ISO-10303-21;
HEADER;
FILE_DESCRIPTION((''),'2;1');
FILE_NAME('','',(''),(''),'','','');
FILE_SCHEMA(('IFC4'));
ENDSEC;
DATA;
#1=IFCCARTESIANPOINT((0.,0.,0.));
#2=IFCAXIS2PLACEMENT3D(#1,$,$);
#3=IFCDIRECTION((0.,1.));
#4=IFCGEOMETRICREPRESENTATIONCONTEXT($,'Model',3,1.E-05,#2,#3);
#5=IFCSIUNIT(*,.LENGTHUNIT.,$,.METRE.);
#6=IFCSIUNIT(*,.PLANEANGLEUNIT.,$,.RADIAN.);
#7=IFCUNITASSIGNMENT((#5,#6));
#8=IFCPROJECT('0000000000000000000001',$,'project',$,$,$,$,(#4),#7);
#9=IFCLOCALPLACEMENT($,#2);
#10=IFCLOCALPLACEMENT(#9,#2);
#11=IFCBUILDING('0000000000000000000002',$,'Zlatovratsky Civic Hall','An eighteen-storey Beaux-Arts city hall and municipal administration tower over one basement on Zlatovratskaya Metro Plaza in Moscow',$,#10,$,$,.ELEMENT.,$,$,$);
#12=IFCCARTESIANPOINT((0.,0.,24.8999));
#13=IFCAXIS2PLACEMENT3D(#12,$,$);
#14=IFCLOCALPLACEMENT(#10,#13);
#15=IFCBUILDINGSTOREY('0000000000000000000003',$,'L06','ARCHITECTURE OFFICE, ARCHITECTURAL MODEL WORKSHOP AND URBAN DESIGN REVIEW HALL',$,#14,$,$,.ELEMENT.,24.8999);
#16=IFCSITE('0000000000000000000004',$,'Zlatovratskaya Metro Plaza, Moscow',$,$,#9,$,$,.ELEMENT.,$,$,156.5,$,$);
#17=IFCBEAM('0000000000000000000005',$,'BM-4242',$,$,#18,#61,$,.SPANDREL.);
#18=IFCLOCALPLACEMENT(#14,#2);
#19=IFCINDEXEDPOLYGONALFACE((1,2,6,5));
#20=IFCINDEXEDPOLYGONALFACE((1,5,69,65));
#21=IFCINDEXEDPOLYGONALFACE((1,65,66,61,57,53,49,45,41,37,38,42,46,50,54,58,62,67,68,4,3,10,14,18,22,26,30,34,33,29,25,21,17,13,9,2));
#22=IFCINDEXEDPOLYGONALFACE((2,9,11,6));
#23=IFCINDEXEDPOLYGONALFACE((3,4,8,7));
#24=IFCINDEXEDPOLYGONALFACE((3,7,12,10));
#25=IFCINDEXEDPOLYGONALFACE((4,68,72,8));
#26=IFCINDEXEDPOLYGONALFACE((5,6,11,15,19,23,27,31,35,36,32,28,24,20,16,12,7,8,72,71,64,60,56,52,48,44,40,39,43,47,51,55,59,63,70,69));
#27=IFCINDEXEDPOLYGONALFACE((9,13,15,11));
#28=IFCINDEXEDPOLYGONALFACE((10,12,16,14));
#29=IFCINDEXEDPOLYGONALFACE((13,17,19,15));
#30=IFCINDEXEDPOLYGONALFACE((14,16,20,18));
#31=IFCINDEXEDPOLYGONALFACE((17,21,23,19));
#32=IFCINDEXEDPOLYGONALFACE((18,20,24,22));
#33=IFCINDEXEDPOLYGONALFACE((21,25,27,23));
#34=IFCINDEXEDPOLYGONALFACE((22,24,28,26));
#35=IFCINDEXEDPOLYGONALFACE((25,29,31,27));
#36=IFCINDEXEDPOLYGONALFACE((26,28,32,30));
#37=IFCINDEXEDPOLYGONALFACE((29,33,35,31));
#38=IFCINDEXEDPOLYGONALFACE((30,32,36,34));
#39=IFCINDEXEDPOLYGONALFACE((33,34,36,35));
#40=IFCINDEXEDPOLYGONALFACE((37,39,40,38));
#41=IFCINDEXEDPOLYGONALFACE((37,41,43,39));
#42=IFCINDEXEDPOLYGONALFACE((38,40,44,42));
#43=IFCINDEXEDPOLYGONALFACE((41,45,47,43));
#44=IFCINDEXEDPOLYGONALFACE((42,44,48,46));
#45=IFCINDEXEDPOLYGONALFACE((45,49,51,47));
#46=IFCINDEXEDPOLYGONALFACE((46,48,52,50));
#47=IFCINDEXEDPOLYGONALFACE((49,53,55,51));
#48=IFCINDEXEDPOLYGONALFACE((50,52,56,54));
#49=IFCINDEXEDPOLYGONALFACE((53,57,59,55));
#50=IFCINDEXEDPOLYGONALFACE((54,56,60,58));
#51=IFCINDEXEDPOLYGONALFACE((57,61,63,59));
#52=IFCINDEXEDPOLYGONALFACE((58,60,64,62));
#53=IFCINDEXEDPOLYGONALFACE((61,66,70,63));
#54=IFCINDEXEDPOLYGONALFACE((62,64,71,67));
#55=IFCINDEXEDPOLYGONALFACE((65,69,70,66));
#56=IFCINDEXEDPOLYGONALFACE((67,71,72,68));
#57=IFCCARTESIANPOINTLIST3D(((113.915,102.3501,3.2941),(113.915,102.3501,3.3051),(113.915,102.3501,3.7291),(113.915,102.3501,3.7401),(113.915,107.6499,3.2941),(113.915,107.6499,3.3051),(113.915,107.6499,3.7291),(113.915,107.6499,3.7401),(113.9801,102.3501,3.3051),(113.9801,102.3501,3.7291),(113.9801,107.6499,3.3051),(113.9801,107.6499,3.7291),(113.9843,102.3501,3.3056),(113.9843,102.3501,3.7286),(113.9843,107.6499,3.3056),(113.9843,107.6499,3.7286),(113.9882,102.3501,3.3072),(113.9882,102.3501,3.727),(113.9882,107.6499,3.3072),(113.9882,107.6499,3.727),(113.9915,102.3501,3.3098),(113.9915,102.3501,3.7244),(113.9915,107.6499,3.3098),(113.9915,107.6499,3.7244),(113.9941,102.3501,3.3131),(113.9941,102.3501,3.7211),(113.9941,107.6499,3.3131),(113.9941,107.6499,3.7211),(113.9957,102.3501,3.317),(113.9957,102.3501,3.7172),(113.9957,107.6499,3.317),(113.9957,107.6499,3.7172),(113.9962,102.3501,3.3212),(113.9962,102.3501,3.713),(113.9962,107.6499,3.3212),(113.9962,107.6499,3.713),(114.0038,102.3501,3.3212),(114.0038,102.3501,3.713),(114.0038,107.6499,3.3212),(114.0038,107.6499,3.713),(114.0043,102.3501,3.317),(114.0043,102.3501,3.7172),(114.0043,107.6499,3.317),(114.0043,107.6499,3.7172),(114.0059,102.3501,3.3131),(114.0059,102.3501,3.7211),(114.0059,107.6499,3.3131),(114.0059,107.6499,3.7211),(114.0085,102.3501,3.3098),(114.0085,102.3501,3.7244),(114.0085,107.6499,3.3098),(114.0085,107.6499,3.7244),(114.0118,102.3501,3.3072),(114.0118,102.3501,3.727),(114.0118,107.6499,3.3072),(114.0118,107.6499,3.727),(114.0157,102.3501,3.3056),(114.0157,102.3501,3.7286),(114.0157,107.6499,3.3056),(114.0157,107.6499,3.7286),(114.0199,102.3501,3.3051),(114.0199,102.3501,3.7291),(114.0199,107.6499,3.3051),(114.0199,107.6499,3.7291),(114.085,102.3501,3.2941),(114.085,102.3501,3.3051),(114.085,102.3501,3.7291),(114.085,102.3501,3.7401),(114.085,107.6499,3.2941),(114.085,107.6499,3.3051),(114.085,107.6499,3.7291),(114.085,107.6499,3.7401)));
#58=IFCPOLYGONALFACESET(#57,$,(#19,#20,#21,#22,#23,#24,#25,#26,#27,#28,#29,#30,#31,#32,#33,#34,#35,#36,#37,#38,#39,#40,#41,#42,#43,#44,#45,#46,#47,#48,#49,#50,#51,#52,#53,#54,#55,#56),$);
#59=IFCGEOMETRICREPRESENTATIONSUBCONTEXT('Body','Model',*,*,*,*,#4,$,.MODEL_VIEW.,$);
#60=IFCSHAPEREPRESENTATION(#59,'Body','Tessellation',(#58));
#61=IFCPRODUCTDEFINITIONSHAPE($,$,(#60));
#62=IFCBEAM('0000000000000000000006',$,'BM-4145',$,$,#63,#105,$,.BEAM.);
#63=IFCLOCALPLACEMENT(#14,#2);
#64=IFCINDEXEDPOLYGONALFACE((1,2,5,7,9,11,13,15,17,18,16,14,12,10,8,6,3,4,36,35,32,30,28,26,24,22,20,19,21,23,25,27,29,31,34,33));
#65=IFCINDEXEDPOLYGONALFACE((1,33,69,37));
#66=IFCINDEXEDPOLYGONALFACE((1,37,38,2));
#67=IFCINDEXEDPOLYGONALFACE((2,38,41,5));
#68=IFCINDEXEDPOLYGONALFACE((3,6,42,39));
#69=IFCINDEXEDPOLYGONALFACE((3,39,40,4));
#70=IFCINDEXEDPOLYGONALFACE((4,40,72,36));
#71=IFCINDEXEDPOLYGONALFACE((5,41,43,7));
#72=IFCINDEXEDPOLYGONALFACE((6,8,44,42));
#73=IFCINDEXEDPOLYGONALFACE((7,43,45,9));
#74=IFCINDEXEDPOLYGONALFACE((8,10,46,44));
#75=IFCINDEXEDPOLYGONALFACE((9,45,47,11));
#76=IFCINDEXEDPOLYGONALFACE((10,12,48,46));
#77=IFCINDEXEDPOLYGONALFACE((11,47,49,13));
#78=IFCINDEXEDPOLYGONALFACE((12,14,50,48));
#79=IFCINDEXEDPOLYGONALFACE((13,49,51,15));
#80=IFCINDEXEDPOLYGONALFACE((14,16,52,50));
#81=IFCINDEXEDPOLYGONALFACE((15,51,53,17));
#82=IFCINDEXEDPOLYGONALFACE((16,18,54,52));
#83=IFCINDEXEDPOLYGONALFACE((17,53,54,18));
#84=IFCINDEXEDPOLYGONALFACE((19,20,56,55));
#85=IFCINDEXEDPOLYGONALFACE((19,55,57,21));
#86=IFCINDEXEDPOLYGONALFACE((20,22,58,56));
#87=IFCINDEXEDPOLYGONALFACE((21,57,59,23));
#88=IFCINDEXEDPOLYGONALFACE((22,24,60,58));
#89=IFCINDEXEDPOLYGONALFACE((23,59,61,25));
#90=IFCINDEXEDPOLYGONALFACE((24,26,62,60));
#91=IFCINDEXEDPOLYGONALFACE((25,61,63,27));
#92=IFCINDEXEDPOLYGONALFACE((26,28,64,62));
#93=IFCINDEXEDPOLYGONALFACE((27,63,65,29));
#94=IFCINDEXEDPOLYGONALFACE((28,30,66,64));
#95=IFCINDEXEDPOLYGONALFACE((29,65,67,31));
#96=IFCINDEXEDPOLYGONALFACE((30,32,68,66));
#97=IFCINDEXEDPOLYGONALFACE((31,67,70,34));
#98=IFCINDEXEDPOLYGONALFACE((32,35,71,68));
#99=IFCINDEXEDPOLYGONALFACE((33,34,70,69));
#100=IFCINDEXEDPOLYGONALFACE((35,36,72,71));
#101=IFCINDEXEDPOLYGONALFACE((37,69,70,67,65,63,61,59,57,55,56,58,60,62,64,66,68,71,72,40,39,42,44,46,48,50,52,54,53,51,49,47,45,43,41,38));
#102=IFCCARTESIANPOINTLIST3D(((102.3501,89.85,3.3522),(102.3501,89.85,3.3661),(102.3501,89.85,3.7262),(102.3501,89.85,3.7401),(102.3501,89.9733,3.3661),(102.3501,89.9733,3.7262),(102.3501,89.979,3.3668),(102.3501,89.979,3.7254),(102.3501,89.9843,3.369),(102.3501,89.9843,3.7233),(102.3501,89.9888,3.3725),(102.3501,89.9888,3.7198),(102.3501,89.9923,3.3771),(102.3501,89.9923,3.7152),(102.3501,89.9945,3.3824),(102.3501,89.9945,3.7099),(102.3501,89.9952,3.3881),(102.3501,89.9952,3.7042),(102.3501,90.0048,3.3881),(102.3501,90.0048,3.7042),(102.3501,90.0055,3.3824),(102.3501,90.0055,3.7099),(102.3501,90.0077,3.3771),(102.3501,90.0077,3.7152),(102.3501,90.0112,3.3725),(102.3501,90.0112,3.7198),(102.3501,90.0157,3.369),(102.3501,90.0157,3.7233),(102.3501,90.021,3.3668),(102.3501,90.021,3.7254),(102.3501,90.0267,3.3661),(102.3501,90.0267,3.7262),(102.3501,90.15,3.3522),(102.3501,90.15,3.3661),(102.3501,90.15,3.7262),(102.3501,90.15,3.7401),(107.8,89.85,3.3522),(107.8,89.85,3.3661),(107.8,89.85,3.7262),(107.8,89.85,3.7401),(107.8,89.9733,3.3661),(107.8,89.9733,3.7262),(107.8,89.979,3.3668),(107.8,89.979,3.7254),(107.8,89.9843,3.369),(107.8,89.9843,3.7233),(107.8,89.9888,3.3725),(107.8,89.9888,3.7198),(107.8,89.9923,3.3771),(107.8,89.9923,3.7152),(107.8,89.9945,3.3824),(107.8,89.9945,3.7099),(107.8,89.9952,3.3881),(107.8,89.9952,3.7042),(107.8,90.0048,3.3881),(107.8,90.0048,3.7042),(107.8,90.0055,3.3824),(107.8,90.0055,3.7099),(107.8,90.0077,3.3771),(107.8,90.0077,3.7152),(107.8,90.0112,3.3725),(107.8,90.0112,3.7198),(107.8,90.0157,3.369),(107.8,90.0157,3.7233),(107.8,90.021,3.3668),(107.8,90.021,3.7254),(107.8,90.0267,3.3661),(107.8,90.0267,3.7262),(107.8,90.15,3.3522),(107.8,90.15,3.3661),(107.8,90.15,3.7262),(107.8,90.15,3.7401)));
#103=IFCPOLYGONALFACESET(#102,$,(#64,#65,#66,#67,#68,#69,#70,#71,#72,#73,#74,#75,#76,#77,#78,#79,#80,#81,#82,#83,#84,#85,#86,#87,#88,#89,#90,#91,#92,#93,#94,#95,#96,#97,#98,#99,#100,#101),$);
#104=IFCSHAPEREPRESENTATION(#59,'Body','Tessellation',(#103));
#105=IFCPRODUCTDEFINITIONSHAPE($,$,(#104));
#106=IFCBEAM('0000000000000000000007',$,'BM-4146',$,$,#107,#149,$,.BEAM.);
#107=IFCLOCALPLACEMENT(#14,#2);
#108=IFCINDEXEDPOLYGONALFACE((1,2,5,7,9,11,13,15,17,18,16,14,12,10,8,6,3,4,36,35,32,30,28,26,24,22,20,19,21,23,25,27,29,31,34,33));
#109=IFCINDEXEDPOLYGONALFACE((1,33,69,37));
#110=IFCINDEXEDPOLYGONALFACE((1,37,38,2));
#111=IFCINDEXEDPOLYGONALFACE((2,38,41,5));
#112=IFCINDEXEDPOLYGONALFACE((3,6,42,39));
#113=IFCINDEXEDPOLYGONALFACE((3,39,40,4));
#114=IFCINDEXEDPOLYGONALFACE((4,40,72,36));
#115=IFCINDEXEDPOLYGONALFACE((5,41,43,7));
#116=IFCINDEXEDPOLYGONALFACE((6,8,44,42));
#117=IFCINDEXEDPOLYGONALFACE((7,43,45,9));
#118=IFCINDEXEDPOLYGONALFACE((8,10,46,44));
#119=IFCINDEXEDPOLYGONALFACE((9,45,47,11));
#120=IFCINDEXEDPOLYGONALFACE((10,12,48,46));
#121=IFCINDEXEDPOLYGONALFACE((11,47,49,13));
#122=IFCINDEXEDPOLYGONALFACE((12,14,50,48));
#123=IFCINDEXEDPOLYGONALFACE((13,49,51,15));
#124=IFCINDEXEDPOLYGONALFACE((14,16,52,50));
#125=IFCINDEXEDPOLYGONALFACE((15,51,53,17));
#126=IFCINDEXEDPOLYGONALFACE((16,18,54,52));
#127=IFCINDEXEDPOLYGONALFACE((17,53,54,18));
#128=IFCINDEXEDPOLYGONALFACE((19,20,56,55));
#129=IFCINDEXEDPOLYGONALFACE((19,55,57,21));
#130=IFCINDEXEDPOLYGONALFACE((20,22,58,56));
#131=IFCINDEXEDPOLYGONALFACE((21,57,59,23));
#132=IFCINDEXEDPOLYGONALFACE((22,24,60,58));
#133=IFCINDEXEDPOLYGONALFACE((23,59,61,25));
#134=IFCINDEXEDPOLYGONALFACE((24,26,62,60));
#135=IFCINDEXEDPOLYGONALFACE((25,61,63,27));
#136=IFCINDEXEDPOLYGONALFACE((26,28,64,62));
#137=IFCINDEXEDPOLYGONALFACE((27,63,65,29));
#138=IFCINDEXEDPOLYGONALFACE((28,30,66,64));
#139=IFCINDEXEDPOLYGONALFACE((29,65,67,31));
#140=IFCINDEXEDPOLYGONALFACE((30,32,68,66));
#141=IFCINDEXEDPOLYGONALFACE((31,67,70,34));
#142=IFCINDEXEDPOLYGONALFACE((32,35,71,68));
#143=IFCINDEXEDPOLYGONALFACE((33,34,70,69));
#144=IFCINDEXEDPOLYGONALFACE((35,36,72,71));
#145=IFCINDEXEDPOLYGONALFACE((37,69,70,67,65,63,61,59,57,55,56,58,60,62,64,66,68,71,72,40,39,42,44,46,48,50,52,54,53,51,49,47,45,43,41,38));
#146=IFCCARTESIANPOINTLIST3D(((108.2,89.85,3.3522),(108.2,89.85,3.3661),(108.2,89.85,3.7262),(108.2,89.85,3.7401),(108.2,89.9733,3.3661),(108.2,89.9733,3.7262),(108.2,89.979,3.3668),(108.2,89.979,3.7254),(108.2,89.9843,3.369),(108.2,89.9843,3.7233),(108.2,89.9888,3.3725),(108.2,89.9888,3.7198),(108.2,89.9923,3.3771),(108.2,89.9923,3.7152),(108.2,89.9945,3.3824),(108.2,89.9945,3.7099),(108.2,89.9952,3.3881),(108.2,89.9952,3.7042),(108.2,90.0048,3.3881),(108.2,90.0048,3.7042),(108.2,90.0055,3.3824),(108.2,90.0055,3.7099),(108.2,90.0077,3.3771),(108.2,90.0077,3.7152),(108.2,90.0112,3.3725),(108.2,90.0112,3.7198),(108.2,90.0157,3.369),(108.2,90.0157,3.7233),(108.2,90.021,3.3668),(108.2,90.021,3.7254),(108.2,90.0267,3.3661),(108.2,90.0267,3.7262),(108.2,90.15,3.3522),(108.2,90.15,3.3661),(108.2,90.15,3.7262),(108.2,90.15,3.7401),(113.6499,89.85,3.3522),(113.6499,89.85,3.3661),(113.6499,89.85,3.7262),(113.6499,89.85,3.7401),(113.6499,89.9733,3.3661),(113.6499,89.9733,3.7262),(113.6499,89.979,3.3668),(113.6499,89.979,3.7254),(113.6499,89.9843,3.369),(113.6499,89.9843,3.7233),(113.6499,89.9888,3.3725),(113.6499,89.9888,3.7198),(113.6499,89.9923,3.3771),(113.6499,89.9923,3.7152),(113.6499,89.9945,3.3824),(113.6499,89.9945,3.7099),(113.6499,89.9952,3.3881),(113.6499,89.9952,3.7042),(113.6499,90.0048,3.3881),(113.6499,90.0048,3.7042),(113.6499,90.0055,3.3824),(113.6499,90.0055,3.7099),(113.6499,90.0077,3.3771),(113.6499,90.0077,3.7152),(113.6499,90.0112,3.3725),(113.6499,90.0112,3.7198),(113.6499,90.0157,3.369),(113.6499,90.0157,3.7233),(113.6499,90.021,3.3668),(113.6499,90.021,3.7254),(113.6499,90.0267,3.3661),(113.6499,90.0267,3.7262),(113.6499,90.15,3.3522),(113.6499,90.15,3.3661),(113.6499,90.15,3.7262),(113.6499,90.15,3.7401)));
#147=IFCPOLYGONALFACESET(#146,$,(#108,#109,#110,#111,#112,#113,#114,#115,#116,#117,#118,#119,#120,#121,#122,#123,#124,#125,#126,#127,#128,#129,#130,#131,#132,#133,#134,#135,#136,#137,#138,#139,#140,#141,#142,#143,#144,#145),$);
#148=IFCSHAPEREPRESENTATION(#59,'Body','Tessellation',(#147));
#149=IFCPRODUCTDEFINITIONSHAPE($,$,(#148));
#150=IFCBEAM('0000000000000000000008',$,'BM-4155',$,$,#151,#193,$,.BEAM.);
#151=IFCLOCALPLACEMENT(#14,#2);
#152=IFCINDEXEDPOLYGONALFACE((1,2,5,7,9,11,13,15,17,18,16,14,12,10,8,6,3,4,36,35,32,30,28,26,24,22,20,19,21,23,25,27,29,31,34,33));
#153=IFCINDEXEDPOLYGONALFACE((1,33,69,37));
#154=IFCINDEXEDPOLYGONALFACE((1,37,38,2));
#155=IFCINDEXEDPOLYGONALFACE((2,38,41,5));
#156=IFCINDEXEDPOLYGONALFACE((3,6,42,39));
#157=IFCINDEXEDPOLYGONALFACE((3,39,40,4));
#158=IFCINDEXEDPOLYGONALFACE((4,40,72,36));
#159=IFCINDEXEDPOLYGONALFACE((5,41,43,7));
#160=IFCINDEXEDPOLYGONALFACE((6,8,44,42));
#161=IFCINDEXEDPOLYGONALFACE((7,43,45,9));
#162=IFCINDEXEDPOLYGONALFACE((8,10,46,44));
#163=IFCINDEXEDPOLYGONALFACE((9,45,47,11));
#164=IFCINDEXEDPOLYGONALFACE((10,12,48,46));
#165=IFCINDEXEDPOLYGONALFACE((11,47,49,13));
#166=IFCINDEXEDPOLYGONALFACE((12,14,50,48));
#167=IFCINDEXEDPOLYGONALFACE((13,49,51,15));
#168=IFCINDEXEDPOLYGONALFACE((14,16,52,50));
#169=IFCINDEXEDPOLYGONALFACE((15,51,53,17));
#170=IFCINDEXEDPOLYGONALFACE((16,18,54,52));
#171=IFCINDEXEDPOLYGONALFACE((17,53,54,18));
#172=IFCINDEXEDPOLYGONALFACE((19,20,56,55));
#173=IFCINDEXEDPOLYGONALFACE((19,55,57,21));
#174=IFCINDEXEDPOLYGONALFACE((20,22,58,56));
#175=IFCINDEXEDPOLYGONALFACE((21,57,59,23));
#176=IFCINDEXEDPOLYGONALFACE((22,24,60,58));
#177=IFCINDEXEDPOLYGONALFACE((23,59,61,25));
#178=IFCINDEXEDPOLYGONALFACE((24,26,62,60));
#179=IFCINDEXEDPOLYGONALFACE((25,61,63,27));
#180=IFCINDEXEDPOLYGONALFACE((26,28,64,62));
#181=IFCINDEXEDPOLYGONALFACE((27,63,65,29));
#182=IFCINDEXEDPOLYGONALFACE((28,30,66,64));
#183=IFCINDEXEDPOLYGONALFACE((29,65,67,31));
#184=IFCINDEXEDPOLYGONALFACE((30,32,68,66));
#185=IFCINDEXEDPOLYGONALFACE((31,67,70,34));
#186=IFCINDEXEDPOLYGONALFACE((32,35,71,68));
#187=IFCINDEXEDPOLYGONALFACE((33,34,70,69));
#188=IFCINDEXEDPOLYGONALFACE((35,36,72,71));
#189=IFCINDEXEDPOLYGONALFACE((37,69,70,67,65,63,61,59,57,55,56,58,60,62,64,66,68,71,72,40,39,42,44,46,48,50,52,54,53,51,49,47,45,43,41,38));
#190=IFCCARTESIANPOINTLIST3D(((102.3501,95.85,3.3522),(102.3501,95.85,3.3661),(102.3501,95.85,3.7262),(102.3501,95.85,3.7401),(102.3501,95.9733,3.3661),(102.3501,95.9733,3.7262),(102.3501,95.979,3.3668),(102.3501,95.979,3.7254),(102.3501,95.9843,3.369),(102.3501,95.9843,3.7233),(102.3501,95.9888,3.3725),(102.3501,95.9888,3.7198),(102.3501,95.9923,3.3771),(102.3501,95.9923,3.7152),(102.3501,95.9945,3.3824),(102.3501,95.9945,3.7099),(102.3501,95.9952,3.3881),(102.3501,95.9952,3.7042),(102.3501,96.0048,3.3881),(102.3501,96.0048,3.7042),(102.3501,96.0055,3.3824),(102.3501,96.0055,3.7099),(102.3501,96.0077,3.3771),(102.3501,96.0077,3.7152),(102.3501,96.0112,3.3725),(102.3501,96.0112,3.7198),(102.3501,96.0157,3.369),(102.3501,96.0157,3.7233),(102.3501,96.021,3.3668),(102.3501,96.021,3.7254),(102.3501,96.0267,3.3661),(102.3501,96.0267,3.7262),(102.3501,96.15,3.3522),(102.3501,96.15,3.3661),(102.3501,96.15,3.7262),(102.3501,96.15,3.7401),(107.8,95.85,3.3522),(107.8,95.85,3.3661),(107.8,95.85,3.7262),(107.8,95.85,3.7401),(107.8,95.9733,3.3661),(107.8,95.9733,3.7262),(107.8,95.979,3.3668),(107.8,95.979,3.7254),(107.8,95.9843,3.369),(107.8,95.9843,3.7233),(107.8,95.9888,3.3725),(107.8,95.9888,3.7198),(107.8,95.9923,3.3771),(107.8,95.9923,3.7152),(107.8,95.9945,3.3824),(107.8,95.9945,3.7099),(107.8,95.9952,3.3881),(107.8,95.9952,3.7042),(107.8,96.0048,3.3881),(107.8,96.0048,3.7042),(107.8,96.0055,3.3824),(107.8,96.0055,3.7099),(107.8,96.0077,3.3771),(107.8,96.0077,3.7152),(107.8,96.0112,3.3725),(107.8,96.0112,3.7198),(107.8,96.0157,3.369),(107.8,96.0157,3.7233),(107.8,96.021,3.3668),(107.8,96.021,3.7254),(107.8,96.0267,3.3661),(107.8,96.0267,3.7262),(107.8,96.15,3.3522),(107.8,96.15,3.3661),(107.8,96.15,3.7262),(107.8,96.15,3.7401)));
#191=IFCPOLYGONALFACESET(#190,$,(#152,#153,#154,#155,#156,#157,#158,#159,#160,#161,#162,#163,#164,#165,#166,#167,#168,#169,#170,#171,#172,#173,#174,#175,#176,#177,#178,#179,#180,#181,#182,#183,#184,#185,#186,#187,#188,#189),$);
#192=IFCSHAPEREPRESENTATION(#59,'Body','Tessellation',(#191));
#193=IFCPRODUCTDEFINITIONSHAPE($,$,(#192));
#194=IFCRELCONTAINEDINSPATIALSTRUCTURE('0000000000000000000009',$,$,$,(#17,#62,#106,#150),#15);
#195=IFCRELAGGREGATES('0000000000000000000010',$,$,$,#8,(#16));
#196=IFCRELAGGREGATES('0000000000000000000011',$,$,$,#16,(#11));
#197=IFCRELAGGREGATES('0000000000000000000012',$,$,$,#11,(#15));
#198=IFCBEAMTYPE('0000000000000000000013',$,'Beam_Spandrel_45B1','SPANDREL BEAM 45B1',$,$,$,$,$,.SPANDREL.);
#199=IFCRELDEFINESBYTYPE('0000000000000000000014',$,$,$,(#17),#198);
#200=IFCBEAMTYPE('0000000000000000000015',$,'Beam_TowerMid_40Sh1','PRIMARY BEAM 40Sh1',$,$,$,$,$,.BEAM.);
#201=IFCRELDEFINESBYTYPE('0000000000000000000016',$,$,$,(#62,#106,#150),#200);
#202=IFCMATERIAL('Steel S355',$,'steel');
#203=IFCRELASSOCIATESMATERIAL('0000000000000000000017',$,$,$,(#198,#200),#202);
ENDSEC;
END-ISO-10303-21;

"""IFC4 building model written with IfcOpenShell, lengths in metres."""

from ifc_helpers import new_model, si_unit, direction, frame, origin, origin_2d, place, context, subcontext, project, spatial, i_section, extrude, material, material_profile, profile_set, type_object, element, save


model = new_model("IFC4")

# Units and contexts
model_context = context("Model", 3, precision=1e-05, world=origin(), true_north=direction((0.0, 1.0)))
body_context = subcontext(model_context, "Body", "Model", "MODEL_VIEW")
ifc_project = project(units=[si_unit("LENGTHUNIT", "METRE"), si_unit("PLANEANGLEUNIT", "RADIAN")], contexts=[model_context])

# Site, building, storey
site_placement = place(None, origin())
site = spatial("IfcSite", under=ifc_project, at=site_placement, Name="Zlatovratskaya Metro Plaza, Moscow", CompositionType="ELEMENT", RefElevation=156.5)
building_placement = place(site_placement, origin())
building = spatial("IfcBuilding", under=site, at=building_placement, Name="Zlatovratsky Civic Hall", Description="An eighteen-storey Beaux-Arts city hall and municipal administration tower over one basement on Zlatovratskaya Metro Plaza in Moscow", CompositionType="ELEMENT")
storey_placement = place(building_placement, frame((0.0, 0.0, 24.8999)))
storey = spatial("IfcBuildingStorey", under=building, at=storey_placement, Name="L06", Description="ARCHITECTURE OFFICE, ARCHITECTURAL MODEL WORKSHOP AND URBAN DESIGN REVIEW HALL", CompositionType="ELEMENT", Elevation=24.8999)

# Shared definitions
ifc_material_1 = material(Name="Steel S355", Category="steel")

# Beams
ifc_material_profile_1 = material_profile(ifc_material_1, i_section(OverallWidth=0.1699, OverallDepth=0.446, WebThickness=0.0076, FlangeThickness=0.011, FilletRadius=0.0161, at=origin_2d()), Name="45B1")
ifc_profile_set_1 = profile_set([ifc_material_profile_1], Name="Steel S355")
beam_type_1 = type_object("IfcBeamType", Name="Beam_Spandrel_45B1", Description="SPANDREL BEAM 45B1", PredefinedType="SPANDREL", material=ifc_profile_set_1)
for number, where, z_axis, x_axis, name in (
    (1, (114.0, 102.3501, 3.5171), (0.0, 1.0, 0.0), (-1.0, 0.0, 0.0), "BM-4242"),
):
    element("IfcBeam", number, at=place(storey_placement, frame(where, z_axis=z_axis, x_axis=x_axis)), inside=storey, type_object=beam_type_1, Name=name, PredefinedType="SPANDREL", context=body_context, shape_type="SweptSolid", body=[
        extrude(i_section(OverallWidth=0.1699, OverallDepth=0.446, WebThickness=0.0076, FlangeThickness=0.011, FilletRadius=0.0161, at=origin_2d()), origin(), (0.0, 0.0, 1.0), 5.2998),
    ])
ifc_material_profile_2 = material_profile(ifc_material_1, i_section(OverallWidth=0.3, OverallDepth=0.3879, WebThickness=0.0095, FlangeThickness=0.0139, FilletRadius=0.022, at=origin_2d()), Name="40Sh1")
ifc_profile_set_2 = profile_set([ifc_material_profile_2], Name="Steel S355")
beam_type_2 = type_object("IfcBeamType", Name="Beam_TowerMid_40Sh1", Description="PRIMARY BEAM 40Sh1", PredefinedType="BEAM", material=ifc_profile_set_2)
for number, where, z_axis, x_axis, name in (
    (2, (102.3501, 90.0, 3.5461), (1.0, 0.0, 0.0), (0.0, 1.0, 0.0), "BM-4145"),
    (3, (108.2, 90.0, 3.5461), (1.0, 0.0, 0.0), (0.0, 1.0, 0.0), "BM-4146"),
    (4, (102.3501, 96.0, 3.5461), (1.0, 0.0, 0.0), (0.0, 1.0, 0.0), "BM-4155"),
):
    element("IfcBeam", number, at=place(storey_placement, frame(where, z_axis=z_axis, x_axis=x_axis)), inside=storey, type_object=beam_type_2, Name=name, PredefinedType="BEAM", context=body_context, shape_type="SweptSolid", body=[
        extrude(i_section(OverallWidth=0.3, OverallDepth=0.3879, WebThickness=0.0095, FlangeThickness=0.0139, FilletRadius=0.022, at=origin_2d()), origin(), (0.0, 0.0, 1.0), 5.45),
    ])

save(model, "model.ifc")
